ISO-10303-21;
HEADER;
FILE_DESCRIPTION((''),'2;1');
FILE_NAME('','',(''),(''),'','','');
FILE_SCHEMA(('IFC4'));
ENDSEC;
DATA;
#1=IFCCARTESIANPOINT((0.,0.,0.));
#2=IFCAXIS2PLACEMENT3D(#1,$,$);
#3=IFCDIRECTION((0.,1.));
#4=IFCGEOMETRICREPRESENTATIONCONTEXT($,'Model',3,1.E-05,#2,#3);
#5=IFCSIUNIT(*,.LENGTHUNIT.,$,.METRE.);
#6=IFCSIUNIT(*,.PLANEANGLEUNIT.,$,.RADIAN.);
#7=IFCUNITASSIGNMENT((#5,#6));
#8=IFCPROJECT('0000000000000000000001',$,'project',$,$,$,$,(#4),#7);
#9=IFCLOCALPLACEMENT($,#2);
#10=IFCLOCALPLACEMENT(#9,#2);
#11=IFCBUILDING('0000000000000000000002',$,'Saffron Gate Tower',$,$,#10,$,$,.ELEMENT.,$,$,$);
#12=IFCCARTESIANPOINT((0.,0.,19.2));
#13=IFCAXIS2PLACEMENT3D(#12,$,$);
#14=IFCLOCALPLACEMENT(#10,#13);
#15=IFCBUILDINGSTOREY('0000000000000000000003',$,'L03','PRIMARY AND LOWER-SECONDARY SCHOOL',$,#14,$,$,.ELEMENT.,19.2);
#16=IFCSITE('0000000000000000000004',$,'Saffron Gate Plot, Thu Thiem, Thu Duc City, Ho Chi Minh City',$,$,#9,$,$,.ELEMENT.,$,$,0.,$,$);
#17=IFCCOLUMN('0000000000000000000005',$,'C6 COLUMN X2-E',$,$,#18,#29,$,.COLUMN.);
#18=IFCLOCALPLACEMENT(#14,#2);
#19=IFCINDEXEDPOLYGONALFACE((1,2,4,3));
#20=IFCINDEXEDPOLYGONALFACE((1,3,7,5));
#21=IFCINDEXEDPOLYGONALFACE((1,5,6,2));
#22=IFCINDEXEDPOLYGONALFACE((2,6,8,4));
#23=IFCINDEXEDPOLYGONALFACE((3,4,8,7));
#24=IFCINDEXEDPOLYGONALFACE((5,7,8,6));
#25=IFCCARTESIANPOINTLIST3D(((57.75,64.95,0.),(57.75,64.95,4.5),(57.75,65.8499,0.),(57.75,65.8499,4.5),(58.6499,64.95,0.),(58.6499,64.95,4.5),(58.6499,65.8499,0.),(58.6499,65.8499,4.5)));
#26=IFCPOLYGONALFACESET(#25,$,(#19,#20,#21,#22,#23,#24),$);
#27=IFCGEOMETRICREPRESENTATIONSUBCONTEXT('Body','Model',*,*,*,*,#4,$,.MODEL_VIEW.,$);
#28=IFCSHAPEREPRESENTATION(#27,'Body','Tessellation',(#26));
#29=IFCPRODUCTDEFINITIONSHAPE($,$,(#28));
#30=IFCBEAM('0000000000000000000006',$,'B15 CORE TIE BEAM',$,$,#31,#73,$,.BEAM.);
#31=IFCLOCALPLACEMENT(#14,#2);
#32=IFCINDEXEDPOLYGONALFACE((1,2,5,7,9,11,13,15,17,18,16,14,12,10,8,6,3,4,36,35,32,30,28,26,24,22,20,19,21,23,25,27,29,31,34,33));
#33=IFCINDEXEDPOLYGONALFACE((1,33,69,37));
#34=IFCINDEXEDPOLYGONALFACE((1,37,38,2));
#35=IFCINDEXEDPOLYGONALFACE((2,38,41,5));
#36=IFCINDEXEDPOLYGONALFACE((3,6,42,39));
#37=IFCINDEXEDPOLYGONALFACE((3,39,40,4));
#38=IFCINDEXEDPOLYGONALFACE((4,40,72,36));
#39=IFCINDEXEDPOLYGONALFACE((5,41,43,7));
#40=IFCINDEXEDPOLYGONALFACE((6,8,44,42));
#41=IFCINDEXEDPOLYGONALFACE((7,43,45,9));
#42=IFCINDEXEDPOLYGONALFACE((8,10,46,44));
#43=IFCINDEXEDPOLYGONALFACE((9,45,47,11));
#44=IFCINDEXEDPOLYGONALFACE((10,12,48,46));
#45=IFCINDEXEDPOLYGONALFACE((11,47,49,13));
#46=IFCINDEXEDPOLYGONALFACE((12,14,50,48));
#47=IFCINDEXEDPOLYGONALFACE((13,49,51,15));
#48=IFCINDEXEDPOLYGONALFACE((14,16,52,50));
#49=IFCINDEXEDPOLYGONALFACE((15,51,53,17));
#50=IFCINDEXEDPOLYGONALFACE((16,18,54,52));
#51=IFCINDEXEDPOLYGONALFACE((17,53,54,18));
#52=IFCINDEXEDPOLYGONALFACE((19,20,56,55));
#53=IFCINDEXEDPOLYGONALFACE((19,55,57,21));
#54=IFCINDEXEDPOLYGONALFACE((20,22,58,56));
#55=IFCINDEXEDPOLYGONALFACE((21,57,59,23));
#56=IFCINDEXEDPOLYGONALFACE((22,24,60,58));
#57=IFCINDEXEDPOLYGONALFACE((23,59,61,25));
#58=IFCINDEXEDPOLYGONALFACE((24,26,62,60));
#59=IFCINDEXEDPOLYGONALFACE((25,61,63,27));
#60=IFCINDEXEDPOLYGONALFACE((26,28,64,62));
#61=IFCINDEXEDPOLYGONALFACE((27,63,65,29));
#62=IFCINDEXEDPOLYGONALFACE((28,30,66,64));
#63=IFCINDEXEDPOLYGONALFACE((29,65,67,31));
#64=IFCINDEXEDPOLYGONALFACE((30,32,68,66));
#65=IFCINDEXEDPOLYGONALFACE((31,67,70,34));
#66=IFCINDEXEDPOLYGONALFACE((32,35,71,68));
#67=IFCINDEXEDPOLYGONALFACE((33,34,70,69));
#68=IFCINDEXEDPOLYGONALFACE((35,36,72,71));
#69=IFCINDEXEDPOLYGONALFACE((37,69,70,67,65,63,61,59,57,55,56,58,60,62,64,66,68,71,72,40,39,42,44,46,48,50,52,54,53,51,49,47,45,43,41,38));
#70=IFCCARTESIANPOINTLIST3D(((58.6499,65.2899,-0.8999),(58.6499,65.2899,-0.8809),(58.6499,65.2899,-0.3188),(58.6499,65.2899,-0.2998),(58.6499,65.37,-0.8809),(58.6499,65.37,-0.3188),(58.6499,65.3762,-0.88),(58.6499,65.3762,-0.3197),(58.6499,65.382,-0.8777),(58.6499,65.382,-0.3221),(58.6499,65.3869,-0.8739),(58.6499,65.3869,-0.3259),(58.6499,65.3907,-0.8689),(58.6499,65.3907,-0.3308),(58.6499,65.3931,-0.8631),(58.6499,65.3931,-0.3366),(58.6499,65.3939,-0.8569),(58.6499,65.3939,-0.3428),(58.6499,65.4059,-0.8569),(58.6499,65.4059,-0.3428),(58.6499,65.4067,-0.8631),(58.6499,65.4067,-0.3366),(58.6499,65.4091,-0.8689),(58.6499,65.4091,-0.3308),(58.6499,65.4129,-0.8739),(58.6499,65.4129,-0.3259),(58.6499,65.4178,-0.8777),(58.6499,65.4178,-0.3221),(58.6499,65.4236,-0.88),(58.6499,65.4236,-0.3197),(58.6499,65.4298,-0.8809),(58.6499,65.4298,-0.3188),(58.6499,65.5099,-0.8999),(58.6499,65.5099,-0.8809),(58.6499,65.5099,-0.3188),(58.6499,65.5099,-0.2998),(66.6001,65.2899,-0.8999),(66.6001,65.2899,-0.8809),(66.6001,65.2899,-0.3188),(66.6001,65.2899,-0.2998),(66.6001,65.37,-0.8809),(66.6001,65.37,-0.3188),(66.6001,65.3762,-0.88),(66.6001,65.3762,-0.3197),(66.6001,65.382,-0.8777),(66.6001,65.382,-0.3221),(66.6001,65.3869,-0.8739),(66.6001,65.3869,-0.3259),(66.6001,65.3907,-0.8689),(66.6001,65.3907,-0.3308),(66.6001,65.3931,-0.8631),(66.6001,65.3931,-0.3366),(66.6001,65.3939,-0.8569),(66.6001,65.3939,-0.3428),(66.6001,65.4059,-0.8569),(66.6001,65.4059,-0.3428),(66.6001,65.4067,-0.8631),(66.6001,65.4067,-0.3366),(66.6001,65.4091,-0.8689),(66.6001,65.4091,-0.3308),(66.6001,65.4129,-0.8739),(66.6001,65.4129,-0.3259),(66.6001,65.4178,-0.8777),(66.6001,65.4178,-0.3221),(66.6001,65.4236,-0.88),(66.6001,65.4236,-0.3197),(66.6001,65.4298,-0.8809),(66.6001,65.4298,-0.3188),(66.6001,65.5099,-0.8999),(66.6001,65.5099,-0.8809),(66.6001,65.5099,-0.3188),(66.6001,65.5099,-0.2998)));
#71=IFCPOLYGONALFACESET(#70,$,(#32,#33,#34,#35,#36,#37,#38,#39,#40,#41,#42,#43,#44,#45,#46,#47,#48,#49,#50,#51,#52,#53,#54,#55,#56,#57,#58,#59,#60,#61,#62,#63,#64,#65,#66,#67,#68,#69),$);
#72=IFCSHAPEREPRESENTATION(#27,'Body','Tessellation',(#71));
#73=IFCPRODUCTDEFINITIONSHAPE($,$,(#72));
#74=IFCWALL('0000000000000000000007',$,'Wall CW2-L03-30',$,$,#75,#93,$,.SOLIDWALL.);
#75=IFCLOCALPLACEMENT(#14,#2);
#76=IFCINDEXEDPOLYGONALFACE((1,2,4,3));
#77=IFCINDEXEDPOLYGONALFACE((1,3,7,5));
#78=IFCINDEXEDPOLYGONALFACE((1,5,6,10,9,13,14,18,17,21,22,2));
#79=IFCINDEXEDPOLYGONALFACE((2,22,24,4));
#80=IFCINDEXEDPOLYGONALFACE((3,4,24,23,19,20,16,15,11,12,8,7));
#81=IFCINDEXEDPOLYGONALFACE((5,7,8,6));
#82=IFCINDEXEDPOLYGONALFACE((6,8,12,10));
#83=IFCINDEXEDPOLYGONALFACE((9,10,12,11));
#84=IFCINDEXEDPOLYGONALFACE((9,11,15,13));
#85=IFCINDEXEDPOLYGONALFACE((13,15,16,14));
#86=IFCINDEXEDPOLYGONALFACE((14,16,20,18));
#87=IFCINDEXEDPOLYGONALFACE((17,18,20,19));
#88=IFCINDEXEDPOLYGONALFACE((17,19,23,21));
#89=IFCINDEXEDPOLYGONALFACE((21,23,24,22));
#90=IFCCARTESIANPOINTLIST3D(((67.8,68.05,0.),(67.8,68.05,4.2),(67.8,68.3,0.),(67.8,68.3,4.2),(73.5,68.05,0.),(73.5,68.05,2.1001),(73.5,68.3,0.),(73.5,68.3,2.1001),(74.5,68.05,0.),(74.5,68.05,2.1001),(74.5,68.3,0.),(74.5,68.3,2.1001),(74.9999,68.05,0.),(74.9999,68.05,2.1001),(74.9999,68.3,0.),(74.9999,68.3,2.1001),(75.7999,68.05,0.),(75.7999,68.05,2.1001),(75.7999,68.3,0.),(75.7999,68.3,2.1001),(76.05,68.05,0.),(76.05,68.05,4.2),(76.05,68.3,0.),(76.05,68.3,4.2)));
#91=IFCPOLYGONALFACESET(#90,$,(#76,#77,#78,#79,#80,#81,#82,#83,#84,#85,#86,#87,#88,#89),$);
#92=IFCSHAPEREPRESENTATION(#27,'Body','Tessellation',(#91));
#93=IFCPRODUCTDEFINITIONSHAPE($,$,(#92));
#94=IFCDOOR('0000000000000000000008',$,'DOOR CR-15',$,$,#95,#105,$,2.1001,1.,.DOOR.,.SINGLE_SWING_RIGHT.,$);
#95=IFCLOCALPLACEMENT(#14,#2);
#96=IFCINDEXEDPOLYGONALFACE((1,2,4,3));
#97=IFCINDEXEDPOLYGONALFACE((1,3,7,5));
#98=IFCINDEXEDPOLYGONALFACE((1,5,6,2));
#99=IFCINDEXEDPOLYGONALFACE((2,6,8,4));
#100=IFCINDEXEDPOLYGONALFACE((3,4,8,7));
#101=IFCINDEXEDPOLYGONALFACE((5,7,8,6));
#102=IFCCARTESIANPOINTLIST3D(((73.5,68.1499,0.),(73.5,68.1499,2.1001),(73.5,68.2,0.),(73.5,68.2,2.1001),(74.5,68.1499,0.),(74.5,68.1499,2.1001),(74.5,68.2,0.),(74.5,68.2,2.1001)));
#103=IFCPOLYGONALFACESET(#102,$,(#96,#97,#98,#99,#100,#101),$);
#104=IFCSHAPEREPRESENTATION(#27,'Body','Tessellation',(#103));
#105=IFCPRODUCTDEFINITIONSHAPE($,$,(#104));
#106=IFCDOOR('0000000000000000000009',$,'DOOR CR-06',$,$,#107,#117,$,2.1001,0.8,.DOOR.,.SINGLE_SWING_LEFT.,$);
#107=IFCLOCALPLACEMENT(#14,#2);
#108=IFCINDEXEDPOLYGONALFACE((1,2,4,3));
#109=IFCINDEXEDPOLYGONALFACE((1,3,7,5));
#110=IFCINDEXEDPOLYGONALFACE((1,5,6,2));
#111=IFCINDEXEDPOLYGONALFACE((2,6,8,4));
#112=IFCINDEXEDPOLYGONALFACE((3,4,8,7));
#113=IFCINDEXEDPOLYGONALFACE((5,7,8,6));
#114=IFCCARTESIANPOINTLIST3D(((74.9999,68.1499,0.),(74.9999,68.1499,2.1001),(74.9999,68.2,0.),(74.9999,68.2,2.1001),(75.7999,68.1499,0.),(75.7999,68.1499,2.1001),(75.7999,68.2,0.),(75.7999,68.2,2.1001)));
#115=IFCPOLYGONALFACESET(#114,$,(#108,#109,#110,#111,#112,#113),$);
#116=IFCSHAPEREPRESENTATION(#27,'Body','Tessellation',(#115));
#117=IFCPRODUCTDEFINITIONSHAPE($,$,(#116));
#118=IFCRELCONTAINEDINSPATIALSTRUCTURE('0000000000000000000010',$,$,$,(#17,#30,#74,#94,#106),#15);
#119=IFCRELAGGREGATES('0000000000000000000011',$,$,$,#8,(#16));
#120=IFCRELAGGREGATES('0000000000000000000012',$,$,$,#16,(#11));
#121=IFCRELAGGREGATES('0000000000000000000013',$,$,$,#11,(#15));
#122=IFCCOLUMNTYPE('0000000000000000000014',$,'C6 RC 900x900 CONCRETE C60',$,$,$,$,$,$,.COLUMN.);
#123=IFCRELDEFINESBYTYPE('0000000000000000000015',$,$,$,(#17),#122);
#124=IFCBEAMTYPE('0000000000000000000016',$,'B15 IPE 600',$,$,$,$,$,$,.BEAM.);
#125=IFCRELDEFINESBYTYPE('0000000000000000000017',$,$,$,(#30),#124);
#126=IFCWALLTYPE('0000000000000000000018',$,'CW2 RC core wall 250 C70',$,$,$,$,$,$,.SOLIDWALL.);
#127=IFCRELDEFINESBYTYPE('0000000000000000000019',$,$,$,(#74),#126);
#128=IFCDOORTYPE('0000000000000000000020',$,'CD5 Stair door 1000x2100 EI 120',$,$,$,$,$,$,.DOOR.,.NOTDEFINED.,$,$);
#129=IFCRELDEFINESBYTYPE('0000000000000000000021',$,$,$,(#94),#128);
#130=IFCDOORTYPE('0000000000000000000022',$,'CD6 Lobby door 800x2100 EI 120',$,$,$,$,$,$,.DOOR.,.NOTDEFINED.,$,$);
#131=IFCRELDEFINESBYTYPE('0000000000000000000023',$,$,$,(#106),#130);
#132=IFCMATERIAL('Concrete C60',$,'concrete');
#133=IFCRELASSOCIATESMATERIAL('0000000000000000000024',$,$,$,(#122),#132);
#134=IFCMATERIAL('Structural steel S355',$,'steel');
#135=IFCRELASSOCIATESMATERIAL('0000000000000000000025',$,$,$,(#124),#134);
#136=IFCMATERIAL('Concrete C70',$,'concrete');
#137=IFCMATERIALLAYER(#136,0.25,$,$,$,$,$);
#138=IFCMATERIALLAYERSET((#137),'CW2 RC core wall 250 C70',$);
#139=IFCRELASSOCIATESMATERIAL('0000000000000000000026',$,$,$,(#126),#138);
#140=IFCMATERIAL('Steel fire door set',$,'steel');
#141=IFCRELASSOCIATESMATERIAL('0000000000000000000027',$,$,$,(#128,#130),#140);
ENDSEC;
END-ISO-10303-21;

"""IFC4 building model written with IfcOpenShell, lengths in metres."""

from ifc_helpers import new_model, si_unit, direction, frame, frame_2d, origin, origin_2d, place, context, subcontext, project, spatial, rectangle, i_section, extrude, material, layer, layer_set, material_profile, profile_set, type_object, element, fill, save


model = new_model("IFC4")

# Units and contexts
model_context = context("Model", 3, precision=1e-05, world=origin(), true_north=direction((0.0, 1.0)))
body_context = subcontext(model_context, "Body", "Model", "MODEL_VIEW")
ifc_project = project(units=[si_unit("LENGTHUNIT", "METRE"), si_unit("PLANEANGLEUNIT", "RADIAN")], contexts=[model_context])

# Site, building, storey
site_placement = place(None, origin())
site = spatial("IfcSite", under=ifc_project, at=site_placement, Name="Saffron Gate Plot, Thu Thiem, Thu Duc City, Ho Chi Minh City", CompositionType="ELEMENT", RefElevation=0.0)
building_placement = place(site_placement, origin())
building = spatial("IfcBuilding", under=site, at=building_placement, Name="Saffron Gate Tower", CompositionType="ELEMENT")
storey_placement = place(building_placement, frame((0.0, 0.0, 19.2)))
storey = spatial("IfcBuildingStorey", under=building, at=storey_placement, Name="L03", Description="PRIMARY AND LOWER-SECONDARY SCHOOL", CompositionType="ELEMENT", Elevation=19.2)

# Column
ifc_material_1 = material(Name="Concrete C60", Category="concrete")
ifc_material_profile_1 = material_profile(ifc_material_1, rectangle(XDim=0.8999, YDim=0.8999, at=origin_2d()))
ifc_profile_set_1 = profile_set([ifc_material_profile_1], Name="Concrete C60")
column_type = type_object("IfcColumnType", Name="C6 RC 900x900 CONCRETE C60", PredefinedType="COLUMN", material=ifc_profile_set_1)
column_placement = place(storey_placement, frame((58.2, 65.3999, 0.0), z_axis=(0.0, 0.0, 1.0), x_axis=(1.0, 0.0, 0.0)))
element("IfcColumn", 1, at=column_placement, inside=storey, type_object=column_type, Name="C6 COLUMN X2-E", PredefinedType="COLUMN", context=body_context, shape_type="SweptSolid", body=[
    extrude(rectangle(XDim=0.8999, YDim=0.8999, at=origin_2d()), origin(), (0.0, 0.0, 1.0), 4.5),
])

# Beam
ifc_material_2 = material(Name="Structural steel S355", Category="steel")
ifc_material_profile_2 = material_profile(ifc_material_2, i_section(OverallWidth=0.22, OverallDepth=0.6001, WebThickness=0.012, FlangeThickness=0.019, FilletRadius=0.0239, at=origin_2d()))
ifc_profile_set_2 = profile_set([ifc_material_profile_2], Name="Structural steel S355")
beam_type = type_object("IfcBeamType", Name="B15 IPE 600", PredefinedType="BEAM", material=ifc_profile_set_2)
beam_placement = place(storey_placement, frame((58.6499, 65.3999, -0.5999), z_axis=(1.0, 0.0, 0.0), x_axis=(0.0, 1.0, 0.0)))
element("IfcBeam", 2, at=beam_placement, inside=storey, type_object=beam_type, Name="B15 CORE TIE BEAM", PredefinedType="BEAM", context=body_context, shape_type="SweptSolid", body=[
    extrude(i_section(OverallWidth=0.22, OverallDepth=0.6001, WebThickness=0.012, FlangeThickness=0.019, FilletRadius=0.0239, at=origin_2d()), origin(), (0.0, 0.0, 1.0), 7.9502),
])

# Wall, openings, doors
ifc_material_3 = material(Name="Concrete C70", Category="concrete")
ifc_layer_1 = layer(ifc_material_3, 0.25)
ifc_layer_set_1 = layer_set([ifc_layer_1], Name="CW2 RC core wall 250 C70")
wall_type_1 = type_object("IfcWallType", Name="CW2 RC core wall 250 C70", PredefinedType="SOLIDWALL", material=ifc_layer_set_1)
wall_1_placement = place(storey_placement, frame((67.8, 68.175, 0.0), z_axis=(0.0, 0.0, 1.0), x_axis=(1.0, 0.0, 0.0)))
wall_1 = element("IfcWall", 3, at=wall_1_placement, inside=storey, type_object=wall_type_1, Name="Wall CW2-L03-30", PredefinedType="SOLIDWALL", context=body_context, shape_type="SweptSolid", body=[
    extrude(rectangle(XDim=8.25, YDim=0.25, at=frame_2d((4.125, 0.0))), origin(), (0.0, 0.0, 1.0), 4.2),
])
opening_1_placement = place(wall_1_placement, frame((5.7, 0.0, 0.0)))
opening_1 = element("IfcOpeningElement", 4, at=opening_1_placement, cuts=wall_1, PredefinedType="OPENING", context=body_context, shape_type="SweptSolid", body=[
    extrude(rectangle(XDim=1.0, YDim=2.1001, at=frame_2d((0.5, 1.05))), frame((0.0, 0.135, 0.0), z_axis=(0.0, -1.0, 0.0), x_axis=(1.0, 0.0, 0.0)), (0.0, 0.0, 1.0), 0.27),
])
opening_2_placement = place(wall_1_placement, frame((7.2, 0.0, 0.0)))
opening_2 = element("IfcOpeningElement", 5, at=opening_2_placement, cuts=wall_1, PredefinedType="OPENING", context=body_context, shape_type="SweptSolid", body=[
    extrude(rectangle(XDim=0.8, YDim=2.1001, at=frame_2d((0.3999, 1.05))), frame((0.0, 0.135, 0.0), z_axis=(0.0, -1.0, 0.0), x_axis=(1.0, 0.0, 0.0)), (0.0, 0.0, 1.0), 0.27),
])
ifc_material_4 = material(Name="Steel fire door set", Category="steel")
door_type_1 = type_object("IfcDoorType", Name="CD5 Stair door 1000x2100 EI 120", OperationType="NOTDEFINED", PredefinedType="DOOR", material=ifc_material_4)
door_1_placement = place(opening_1_placement, origin())
door_1 = element("IfcDoor", 6, at=door_1_placement, inside=storey, type_object=door_type_1, Name="DOOR CR-15", OperationType="SINGLE_SWING_RIGHT", OverallHeight=2.1001, OverallWidth=1.0, PredefinedType="DOOR", context=body_context, shape_type="SweptSolid", body=[
    extrude(rectangle(XDim=1.0, YDim=2.1001, at=frame_2d((0.5, 1.05))), frame((0.0, 0.0249, 0.0), z_axis=(0.0, -1.0, 0.0), x_axis=(1.0, 0.0, 0.0)), (0.0, 0.0, 1.0), 0.05),
])
fill(opening_1, door_1)
door_type_2 = type_object("IfcDoorType", Name="CD6 Lobby door 800x2100 EI 120", OperationType="NOTDEFINED", PredefinedType="DOOR", material=ifc_material_4)
door_2_placement = place(opening_2_placement, origin())
door_2 = element("IfcDoor", 7, at=door_2_placement, inside=storey, type_object=door_type_2, Name="DOOR CR-06", OperationType="SINGLE_SWING_LEFT", OverallHeight=2.1001, OverallWidth=0.8, PredefinedType="DOOR", context=body_context, shape_type="SweptSolid", body=[
    extrude(rectangle(XDim=0.8, YDim=2.1001, at=frame_2d((0.3999, 1.05))), frame((0.0, 0.0249, 0.0), z_axis=(0.0, -1.0, 0.0), x_axis=(1.0, 0.0, 0.0)), (0.0, 0.0, 1.0), 0.05),
])
fill(opening_2, door_2)

save(model, "model.ifc")
